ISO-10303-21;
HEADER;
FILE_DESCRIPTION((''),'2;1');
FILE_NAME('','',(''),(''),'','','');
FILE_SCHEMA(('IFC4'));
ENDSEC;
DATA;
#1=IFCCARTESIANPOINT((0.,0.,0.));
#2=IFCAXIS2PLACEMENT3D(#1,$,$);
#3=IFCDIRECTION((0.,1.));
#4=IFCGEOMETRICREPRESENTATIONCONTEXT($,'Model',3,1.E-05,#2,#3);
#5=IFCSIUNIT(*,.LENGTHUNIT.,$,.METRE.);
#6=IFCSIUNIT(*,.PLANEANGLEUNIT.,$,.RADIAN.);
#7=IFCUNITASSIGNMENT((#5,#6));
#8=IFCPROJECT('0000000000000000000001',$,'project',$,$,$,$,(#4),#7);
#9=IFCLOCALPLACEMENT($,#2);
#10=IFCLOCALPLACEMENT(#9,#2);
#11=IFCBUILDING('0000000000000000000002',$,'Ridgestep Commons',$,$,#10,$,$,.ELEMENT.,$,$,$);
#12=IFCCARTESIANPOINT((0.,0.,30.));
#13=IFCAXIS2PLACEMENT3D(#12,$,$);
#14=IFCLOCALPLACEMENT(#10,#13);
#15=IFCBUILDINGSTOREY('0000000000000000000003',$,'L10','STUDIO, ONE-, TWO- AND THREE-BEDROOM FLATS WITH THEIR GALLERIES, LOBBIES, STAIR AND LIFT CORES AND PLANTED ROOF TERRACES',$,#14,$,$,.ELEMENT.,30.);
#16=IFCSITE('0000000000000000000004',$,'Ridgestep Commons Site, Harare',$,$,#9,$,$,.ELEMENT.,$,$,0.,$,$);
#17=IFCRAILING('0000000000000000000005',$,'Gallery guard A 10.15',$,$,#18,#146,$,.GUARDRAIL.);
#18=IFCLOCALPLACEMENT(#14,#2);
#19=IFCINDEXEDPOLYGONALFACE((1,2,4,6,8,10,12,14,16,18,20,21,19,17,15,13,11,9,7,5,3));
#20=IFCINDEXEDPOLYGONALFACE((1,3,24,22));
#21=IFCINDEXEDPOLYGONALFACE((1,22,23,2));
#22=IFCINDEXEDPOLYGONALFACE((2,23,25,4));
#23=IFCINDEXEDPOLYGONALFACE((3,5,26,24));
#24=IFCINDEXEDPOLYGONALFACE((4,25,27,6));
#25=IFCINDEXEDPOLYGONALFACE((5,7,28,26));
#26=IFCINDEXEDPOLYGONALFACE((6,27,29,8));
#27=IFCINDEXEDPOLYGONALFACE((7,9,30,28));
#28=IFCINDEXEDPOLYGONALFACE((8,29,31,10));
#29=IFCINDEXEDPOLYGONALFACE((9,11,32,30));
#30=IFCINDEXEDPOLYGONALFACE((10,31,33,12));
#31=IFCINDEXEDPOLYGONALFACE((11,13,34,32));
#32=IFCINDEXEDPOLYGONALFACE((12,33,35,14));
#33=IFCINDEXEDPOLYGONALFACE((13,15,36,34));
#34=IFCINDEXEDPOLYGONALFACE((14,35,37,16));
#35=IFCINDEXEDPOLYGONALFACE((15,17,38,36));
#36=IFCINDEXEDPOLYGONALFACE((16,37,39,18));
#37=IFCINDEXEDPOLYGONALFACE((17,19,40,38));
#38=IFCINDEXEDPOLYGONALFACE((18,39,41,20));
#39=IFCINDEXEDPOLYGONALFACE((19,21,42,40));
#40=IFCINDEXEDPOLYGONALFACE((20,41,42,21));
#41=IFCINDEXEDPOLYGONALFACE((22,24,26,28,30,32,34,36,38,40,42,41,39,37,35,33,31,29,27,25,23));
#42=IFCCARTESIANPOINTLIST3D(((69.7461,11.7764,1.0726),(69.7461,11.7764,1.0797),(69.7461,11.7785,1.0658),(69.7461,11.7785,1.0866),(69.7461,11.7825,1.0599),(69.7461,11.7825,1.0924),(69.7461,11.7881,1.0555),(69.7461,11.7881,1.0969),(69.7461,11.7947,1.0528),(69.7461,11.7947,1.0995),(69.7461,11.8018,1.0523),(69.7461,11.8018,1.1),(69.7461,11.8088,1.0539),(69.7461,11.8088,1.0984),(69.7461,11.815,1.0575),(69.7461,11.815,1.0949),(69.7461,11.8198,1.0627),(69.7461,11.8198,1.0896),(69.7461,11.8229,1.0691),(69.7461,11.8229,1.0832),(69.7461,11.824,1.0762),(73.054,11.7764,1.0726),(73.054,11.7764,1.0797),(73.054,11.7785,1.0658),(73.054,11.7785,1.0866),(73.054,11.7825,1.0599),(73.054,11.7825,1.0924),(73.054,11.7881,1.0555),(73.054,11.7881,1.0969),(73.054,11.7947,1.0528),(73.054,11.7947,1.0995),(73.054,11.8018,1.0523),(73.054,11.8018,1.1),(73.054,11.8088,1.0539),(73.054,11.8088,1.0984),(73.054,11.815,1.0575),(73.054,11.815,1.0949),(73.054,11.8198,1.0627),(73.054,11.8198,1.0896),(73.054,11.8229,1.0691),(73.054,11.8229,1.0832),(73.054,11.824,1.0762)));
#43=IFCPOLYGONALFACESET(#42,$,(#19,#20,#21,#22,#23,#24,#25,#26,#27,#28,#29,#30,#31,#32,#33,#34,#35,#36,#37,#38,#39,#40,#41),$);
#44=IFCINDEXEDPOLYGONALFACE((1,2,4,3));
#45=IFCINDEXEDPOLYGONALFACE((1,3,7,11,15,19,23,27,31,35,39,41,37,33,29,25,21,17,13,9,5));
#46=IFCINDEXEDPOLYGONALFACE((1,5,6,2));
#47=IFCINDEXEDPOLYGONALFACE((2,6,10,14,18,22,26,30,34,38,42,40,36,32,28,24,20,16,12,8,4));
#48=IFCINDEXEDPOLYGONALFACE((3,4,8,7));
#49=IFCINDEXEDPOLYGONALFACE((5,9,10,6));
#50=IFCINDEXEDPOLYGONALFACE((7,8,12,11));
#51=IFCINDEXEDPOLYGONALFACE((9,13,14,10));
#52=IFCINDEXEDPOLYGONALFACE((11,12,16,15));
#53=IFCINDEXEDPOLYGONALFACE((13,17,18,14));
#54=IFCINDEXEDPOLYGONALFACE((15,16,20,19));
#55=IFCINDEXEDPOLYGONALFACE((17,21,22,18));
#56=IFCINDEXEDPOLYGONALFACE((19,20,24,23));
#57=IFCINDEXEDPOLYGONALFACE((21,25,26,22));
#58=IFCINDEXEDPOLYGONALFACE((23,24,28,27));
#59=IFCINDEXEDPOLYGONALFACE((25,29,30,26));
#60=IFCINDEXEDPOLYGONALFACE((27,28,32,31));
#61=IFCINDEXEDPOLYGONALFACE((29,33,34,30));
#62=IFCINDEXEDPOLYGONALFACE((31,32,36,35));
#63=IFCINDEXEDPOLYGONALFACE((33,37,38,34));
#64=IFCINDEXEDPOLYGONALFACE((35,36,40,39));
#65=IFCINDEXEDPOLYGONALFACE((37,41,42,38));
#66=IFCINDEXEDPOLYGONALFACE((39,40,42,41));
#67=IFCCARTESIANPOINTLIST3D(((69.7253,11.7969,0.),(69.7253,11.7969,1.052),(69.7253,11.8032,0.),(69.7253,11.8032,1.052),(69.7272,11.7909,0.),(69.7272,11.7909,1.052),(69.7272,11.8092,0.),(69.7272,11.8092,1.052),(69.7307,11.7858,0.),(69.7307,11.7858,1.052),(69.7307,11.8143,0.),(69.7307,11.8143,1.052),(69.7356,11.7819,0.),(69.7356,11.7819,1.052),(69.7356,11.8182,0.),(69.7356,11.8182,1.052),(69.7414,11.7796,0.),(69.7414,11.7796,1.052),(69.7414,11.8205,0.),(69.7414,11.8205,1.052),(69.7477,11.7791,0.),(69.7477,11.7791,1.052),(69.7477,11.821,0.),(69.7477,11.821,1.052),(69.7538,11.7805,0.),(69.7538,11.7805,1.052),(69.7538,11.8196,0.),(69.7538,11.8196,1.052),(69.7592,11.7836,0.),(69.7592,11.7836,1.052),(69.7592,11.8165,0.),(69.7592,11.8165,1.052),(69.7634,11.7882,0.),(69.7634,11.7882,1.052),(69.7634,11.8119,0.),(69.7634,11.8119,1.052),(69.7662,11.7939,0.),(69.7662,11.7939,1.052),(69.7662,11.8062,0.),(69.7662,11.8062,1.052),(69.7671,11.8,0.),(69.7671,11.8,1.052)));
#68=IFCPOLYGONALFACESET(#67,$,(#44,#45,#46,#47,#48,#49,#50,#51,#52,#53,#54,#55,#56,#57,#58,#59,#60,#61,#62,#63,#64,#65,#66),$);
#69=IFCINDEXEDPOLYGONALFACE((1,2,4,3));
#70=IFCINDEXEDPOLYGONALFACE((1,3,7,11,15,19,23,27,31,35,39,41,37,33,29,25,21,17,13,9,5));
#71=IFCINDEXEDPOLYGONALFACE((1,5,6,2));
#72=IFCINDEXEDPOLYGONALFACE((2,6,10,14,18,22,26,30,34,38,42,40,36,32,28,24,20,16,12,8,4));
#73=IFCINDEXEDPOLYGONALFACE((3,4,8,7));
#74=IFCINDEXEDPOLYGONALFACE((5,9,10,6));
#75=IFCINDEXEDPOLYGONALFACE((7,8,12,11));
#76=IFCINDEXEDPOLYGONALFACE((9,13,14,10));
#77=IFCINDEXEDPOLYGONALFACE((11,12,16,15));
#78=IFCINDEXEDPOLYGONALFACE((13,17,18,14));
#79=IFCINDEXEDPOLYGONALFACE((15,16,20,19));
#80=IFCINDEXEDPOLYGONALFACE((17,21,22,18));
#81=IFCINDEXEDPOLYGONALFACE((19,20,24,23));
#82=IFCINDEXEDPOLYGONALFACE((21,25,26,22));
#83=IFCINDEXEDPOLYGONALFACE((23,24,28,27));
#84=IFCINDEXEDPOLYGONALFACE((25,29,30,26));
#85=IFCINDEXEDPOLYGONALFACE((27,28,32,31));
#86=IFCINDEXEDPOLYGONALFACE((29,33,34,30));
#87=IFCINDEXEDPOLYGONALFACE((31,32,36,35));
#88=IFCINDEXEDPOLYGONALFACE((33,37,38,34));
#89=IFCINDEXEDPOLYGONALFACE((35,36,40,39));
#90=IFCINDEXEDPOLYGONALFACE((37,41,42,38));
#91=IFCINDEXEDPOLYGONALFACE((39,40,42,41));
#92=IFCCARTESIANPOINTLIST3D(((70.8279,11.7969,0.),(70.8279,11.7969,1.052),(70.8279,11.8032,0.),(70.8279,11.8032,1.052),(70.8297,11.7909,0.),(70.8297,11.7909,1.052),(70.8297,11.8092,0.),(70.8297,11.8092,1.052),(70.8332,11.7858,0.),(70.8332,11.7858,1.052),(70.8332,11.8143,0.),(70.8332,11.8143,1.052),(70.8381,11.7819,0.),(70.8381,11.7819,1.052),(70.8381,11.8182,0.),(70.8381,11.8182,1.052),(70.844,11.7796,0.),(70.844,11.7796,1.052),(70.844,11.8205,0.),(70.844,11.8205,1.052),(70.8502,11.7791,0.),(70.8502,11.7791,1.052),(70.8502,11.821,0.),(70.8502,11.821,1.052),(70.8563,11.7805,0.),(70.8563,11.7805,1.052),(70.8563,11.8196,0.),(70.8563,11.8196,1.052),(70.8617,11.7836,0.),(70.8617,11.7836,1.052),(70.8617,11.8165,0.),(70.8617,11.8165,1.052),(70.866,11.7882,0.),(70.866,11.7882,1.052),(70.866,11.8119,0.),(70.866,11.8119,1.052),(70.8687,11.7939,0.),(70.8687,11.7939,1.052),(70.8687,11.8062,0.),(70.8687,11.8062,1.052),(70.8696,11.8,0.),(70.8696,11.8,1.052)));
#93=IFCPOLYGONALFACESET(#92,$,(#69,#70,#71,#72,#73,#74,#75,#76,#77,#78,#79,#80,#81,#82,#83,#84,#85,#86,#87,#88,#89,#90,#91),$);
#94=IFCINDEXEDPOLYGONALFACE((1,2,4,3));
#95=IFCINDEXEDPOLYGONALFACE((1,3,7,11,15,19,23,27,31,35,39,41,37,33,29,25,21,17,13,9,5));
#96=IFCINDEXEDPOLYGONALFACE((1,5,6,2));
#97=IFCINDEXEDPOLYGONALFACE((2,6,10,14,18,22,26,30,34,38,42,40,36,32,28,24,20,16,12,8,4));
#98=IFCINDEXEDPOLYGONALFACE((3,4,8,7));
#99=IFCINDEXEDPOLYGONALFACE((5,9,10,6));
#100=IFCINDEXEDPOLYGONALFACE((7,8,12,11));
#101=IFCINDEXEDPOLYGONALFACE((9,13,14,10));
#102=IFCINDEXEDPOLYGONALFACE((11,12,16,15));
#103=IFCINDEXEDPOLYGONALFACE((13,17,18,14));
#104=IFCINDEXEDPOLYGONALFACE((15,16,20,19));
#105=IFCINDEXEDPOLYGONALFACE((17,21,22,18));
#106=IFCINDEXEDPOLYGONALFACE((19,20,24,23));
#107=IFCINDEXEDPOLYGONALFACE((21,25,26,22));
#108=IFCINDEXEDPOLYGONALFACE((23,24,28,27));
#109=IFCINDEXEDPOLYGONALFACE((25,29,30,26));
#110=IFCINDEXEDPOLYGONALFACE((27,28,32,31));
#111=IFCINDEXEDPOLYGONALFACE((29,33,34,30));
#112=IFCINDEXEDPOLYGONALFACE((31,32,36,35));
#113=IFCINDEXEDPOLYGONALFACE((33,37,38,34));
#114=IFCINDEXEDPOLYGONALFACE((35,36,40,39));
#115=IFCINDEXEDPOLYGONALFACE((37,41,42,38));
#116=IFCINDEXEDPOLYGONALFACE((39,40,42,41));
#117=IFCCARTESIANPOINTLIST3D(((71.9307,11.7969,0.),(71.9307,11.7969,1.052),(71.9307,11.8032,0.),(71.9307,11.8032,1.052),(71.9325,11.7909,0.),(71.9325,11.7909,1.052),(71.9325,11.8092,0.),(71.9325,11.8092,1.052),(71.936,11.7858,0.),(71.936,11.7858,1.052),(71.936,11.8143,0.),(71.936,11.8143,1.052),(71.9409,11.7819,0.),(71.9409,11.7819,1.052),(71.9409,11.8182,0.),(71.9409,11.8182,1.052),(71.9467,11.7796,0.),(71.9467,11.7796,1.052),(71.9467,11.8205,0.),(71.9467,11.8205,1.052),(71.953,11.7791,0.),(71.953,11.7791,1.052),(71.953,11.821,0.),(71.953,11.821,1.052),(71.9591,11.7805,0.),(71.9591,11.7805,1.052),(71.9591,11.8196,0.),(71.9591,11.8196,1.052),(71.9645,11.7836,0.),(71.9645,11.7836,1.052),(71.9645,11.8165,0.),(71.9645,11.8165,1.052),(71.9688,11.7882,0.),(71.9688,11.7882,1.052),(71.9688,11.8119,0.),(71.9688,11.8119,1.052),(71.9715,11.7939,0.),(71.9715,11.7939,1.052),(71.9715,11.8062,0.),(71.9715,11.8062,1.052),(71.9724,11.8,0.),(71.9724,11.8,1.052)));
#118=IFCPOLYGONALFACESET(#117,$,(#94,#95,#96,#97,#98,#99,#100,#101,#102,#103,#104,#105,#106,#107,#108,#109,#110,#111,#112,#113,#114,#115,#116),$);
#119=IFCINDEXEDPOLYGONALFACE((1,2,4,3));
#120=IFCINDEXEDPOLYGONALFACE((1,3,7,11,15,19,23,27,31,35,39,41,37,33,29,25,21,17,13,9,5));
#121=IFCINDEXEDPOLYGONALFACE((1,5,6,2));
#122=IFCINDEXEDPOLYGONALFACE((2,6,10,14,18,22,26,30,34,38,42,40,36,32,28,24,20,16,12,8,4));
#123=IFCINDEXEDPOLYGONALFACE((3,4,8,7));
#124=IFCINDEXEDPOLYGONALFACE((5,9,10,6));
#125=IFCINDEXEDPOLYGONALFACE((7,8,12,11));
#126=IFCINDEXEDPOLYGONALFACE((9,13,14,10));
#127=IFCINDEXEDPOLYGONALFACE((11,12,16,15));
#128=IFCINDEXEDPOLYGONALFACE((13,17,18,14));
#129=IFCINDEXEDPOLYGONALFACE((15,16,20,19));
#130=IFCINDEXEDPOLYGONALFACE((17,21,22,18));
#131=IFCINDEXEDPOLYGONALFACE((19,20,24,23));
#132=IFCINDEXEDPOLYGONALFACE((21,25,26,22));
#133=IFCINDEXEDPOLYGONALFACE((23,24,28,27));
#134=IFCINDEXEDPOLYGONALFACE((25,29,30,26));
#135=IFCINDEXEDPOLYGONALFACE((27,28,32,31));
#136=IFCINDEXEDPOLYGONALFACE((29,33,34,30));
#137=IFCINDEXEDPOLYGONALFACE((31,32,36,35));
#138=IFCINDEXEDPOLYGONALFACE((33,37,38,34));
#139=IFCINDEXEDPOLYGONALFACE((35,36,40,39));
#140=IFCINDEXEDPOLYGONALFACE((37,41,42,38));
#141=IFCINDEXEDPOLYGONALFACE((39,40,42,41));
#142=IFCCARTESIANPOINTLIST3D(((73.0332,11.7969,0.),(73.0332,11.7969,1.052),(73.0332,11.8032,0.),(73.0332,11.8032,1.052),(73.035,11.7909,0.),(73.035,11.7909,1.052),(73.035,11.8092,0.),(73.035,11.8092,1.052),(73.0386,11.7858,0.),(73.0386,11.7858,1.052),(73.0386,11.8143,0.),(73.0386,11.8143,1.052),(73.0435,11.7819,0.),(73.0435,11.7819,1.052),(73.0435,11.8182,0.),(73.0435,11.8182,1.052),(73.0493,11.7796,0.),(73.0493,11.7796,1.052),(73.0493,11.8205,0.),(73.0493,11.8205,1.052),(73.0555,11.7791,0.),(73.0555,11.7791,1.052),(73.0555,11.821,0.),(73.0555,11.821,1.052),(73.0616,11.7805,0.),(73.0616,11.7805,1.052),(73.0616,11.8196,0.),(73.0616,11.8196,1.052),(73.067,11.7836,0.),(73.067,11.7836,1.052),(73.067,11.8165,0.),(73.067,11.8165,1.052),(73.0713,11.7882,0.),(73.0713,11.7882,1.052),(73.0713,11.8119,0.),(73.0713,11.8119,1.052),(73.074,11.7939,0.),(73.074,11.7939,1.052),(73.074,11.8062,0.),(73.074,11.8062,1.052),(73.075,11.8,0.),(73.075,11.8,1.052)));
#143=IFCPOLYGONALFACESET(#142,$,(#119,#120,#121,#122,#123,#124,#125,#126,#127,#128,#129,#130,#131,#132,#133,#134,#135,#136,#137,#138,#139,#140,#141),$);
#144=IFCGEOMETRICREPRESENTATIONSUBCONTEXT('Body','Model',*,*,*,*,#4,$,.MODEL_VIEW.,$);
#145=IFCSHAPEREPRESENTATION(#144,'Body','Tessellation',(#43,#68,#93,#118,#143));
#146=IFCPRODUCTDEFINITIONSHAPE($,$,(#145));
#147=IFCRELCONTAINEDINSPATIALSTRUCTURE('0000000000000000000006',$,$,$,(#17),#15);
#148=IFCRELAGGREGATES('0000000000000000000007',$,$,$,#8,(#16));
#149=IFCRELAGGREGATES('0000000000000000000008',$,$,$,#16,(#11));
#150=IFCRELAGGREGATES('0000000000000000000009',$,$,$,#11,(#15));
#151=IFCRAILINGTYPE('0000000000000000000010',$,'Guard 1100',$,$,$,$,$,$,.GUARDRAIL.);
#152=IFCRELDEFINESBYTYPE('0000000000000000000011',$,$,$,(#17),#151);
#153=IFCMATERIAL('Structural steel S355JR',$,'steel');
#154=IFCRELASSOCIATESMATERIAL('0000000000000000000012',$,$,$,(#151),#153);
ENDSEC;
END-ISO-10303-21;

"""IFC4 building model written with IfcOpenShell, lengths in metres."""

from ifc_helpers import new_model, si_unit, direction, frame, origin, origin_2d, place, context, subcontext, project, spatial, circle, extrude, material, type_object, element, save


model = new_model("IFC4")

# Units and contexts
model_context = context("Model", 3, precision=1e-05, world=origin(), true_north=direction((0.0, 1.0)))
body_context = subcontext(model_context, "Body", "Model", "MODEL_VIEW")
ifc_project = project(units=[si_unit("LENGTHUNIT", "METRE"), si_unit("PLANEANGLEUNIT", "RADIAN")], contexts=[model_context])

# Site, building, storey
site_placement = place(None, origin())
site = spatial("IfcSite", under=ifc_project, at=site_placement, Name="Ridgestep Commons Site, Harare", CompositionType="ELEMENT", RefElevation=0.0)
building_placement = place(site_placement, origin())
building = spatial("IfcBuilding", under=site, at=building_placement, Name="Ridgestep Commons", CompositionType="ELEMENT")
storey_placement = place(building_placement, frame((0.0, 0.0, 30.0)))
storey = spatial("IfcBuildingStorey", under=building, at=storey_placement, Name="L10", Description="STUDIO, ONE-, TWO- AND THREE-BEDROOM FLATS WITH THEIR GALLERIES, LOBBIES, STAIR AND LIFT CORES AND PLANTED ROOF TERRACES", CompositionType="ELEMENT", Elevation=30.0)

# Railing
ifc_material_1 = material(Name="Structural steel S355JR", Category="steel")
railing_type_1 = type_object("IfcRailingType", Name="Guard 1100", PredefinedType="GUARDRAIL", material=ifc_material_1)
railing_1_placement = place(storey_placement, frame((69.7461, 11.8, 0.0)))
element("IfcRailing", 1, at=railing_1_placement, inside=storey, type_object=railing_type_1, Name="Gallery guard A 10.15", PredefinedType="GUARDRAIL", context=body_context, shape_type="SweptSolid", body=[
    extrude(circle(Radius=0.0239, at=origin_2d()), frame((0.0, 0.0, 1.0762), z_axis=(1.0, 0.0, 0.0), x_axis=(0.0, 1.0, 0.0)), (0.0, 0.0, 1.0), 3.3079),
    extrude(circle(Radius=0.021, at=origin_2d()), origin(), (0.0, 0.0, 1.0), 1.052),
    extrude(circle(Radius=0.021, at=origin_2d()), frame((1.1025, 0.0, 0.0)), (0.0, 0.0, 1.0), 1.052),
    extrude(circle(Radius=0.021, at=origin_2d()), frame((2.2053, 0.0, 0.0)), (0.0, 0.0, 1.0), 1.052),
    extrude(circle(Radius=0.021, at=origin_2d()), frame((3.3079, 0.0, 0.0)), (0.0, 0.0, 1.0), 1.052),
])

save(model, "model.ifc")
